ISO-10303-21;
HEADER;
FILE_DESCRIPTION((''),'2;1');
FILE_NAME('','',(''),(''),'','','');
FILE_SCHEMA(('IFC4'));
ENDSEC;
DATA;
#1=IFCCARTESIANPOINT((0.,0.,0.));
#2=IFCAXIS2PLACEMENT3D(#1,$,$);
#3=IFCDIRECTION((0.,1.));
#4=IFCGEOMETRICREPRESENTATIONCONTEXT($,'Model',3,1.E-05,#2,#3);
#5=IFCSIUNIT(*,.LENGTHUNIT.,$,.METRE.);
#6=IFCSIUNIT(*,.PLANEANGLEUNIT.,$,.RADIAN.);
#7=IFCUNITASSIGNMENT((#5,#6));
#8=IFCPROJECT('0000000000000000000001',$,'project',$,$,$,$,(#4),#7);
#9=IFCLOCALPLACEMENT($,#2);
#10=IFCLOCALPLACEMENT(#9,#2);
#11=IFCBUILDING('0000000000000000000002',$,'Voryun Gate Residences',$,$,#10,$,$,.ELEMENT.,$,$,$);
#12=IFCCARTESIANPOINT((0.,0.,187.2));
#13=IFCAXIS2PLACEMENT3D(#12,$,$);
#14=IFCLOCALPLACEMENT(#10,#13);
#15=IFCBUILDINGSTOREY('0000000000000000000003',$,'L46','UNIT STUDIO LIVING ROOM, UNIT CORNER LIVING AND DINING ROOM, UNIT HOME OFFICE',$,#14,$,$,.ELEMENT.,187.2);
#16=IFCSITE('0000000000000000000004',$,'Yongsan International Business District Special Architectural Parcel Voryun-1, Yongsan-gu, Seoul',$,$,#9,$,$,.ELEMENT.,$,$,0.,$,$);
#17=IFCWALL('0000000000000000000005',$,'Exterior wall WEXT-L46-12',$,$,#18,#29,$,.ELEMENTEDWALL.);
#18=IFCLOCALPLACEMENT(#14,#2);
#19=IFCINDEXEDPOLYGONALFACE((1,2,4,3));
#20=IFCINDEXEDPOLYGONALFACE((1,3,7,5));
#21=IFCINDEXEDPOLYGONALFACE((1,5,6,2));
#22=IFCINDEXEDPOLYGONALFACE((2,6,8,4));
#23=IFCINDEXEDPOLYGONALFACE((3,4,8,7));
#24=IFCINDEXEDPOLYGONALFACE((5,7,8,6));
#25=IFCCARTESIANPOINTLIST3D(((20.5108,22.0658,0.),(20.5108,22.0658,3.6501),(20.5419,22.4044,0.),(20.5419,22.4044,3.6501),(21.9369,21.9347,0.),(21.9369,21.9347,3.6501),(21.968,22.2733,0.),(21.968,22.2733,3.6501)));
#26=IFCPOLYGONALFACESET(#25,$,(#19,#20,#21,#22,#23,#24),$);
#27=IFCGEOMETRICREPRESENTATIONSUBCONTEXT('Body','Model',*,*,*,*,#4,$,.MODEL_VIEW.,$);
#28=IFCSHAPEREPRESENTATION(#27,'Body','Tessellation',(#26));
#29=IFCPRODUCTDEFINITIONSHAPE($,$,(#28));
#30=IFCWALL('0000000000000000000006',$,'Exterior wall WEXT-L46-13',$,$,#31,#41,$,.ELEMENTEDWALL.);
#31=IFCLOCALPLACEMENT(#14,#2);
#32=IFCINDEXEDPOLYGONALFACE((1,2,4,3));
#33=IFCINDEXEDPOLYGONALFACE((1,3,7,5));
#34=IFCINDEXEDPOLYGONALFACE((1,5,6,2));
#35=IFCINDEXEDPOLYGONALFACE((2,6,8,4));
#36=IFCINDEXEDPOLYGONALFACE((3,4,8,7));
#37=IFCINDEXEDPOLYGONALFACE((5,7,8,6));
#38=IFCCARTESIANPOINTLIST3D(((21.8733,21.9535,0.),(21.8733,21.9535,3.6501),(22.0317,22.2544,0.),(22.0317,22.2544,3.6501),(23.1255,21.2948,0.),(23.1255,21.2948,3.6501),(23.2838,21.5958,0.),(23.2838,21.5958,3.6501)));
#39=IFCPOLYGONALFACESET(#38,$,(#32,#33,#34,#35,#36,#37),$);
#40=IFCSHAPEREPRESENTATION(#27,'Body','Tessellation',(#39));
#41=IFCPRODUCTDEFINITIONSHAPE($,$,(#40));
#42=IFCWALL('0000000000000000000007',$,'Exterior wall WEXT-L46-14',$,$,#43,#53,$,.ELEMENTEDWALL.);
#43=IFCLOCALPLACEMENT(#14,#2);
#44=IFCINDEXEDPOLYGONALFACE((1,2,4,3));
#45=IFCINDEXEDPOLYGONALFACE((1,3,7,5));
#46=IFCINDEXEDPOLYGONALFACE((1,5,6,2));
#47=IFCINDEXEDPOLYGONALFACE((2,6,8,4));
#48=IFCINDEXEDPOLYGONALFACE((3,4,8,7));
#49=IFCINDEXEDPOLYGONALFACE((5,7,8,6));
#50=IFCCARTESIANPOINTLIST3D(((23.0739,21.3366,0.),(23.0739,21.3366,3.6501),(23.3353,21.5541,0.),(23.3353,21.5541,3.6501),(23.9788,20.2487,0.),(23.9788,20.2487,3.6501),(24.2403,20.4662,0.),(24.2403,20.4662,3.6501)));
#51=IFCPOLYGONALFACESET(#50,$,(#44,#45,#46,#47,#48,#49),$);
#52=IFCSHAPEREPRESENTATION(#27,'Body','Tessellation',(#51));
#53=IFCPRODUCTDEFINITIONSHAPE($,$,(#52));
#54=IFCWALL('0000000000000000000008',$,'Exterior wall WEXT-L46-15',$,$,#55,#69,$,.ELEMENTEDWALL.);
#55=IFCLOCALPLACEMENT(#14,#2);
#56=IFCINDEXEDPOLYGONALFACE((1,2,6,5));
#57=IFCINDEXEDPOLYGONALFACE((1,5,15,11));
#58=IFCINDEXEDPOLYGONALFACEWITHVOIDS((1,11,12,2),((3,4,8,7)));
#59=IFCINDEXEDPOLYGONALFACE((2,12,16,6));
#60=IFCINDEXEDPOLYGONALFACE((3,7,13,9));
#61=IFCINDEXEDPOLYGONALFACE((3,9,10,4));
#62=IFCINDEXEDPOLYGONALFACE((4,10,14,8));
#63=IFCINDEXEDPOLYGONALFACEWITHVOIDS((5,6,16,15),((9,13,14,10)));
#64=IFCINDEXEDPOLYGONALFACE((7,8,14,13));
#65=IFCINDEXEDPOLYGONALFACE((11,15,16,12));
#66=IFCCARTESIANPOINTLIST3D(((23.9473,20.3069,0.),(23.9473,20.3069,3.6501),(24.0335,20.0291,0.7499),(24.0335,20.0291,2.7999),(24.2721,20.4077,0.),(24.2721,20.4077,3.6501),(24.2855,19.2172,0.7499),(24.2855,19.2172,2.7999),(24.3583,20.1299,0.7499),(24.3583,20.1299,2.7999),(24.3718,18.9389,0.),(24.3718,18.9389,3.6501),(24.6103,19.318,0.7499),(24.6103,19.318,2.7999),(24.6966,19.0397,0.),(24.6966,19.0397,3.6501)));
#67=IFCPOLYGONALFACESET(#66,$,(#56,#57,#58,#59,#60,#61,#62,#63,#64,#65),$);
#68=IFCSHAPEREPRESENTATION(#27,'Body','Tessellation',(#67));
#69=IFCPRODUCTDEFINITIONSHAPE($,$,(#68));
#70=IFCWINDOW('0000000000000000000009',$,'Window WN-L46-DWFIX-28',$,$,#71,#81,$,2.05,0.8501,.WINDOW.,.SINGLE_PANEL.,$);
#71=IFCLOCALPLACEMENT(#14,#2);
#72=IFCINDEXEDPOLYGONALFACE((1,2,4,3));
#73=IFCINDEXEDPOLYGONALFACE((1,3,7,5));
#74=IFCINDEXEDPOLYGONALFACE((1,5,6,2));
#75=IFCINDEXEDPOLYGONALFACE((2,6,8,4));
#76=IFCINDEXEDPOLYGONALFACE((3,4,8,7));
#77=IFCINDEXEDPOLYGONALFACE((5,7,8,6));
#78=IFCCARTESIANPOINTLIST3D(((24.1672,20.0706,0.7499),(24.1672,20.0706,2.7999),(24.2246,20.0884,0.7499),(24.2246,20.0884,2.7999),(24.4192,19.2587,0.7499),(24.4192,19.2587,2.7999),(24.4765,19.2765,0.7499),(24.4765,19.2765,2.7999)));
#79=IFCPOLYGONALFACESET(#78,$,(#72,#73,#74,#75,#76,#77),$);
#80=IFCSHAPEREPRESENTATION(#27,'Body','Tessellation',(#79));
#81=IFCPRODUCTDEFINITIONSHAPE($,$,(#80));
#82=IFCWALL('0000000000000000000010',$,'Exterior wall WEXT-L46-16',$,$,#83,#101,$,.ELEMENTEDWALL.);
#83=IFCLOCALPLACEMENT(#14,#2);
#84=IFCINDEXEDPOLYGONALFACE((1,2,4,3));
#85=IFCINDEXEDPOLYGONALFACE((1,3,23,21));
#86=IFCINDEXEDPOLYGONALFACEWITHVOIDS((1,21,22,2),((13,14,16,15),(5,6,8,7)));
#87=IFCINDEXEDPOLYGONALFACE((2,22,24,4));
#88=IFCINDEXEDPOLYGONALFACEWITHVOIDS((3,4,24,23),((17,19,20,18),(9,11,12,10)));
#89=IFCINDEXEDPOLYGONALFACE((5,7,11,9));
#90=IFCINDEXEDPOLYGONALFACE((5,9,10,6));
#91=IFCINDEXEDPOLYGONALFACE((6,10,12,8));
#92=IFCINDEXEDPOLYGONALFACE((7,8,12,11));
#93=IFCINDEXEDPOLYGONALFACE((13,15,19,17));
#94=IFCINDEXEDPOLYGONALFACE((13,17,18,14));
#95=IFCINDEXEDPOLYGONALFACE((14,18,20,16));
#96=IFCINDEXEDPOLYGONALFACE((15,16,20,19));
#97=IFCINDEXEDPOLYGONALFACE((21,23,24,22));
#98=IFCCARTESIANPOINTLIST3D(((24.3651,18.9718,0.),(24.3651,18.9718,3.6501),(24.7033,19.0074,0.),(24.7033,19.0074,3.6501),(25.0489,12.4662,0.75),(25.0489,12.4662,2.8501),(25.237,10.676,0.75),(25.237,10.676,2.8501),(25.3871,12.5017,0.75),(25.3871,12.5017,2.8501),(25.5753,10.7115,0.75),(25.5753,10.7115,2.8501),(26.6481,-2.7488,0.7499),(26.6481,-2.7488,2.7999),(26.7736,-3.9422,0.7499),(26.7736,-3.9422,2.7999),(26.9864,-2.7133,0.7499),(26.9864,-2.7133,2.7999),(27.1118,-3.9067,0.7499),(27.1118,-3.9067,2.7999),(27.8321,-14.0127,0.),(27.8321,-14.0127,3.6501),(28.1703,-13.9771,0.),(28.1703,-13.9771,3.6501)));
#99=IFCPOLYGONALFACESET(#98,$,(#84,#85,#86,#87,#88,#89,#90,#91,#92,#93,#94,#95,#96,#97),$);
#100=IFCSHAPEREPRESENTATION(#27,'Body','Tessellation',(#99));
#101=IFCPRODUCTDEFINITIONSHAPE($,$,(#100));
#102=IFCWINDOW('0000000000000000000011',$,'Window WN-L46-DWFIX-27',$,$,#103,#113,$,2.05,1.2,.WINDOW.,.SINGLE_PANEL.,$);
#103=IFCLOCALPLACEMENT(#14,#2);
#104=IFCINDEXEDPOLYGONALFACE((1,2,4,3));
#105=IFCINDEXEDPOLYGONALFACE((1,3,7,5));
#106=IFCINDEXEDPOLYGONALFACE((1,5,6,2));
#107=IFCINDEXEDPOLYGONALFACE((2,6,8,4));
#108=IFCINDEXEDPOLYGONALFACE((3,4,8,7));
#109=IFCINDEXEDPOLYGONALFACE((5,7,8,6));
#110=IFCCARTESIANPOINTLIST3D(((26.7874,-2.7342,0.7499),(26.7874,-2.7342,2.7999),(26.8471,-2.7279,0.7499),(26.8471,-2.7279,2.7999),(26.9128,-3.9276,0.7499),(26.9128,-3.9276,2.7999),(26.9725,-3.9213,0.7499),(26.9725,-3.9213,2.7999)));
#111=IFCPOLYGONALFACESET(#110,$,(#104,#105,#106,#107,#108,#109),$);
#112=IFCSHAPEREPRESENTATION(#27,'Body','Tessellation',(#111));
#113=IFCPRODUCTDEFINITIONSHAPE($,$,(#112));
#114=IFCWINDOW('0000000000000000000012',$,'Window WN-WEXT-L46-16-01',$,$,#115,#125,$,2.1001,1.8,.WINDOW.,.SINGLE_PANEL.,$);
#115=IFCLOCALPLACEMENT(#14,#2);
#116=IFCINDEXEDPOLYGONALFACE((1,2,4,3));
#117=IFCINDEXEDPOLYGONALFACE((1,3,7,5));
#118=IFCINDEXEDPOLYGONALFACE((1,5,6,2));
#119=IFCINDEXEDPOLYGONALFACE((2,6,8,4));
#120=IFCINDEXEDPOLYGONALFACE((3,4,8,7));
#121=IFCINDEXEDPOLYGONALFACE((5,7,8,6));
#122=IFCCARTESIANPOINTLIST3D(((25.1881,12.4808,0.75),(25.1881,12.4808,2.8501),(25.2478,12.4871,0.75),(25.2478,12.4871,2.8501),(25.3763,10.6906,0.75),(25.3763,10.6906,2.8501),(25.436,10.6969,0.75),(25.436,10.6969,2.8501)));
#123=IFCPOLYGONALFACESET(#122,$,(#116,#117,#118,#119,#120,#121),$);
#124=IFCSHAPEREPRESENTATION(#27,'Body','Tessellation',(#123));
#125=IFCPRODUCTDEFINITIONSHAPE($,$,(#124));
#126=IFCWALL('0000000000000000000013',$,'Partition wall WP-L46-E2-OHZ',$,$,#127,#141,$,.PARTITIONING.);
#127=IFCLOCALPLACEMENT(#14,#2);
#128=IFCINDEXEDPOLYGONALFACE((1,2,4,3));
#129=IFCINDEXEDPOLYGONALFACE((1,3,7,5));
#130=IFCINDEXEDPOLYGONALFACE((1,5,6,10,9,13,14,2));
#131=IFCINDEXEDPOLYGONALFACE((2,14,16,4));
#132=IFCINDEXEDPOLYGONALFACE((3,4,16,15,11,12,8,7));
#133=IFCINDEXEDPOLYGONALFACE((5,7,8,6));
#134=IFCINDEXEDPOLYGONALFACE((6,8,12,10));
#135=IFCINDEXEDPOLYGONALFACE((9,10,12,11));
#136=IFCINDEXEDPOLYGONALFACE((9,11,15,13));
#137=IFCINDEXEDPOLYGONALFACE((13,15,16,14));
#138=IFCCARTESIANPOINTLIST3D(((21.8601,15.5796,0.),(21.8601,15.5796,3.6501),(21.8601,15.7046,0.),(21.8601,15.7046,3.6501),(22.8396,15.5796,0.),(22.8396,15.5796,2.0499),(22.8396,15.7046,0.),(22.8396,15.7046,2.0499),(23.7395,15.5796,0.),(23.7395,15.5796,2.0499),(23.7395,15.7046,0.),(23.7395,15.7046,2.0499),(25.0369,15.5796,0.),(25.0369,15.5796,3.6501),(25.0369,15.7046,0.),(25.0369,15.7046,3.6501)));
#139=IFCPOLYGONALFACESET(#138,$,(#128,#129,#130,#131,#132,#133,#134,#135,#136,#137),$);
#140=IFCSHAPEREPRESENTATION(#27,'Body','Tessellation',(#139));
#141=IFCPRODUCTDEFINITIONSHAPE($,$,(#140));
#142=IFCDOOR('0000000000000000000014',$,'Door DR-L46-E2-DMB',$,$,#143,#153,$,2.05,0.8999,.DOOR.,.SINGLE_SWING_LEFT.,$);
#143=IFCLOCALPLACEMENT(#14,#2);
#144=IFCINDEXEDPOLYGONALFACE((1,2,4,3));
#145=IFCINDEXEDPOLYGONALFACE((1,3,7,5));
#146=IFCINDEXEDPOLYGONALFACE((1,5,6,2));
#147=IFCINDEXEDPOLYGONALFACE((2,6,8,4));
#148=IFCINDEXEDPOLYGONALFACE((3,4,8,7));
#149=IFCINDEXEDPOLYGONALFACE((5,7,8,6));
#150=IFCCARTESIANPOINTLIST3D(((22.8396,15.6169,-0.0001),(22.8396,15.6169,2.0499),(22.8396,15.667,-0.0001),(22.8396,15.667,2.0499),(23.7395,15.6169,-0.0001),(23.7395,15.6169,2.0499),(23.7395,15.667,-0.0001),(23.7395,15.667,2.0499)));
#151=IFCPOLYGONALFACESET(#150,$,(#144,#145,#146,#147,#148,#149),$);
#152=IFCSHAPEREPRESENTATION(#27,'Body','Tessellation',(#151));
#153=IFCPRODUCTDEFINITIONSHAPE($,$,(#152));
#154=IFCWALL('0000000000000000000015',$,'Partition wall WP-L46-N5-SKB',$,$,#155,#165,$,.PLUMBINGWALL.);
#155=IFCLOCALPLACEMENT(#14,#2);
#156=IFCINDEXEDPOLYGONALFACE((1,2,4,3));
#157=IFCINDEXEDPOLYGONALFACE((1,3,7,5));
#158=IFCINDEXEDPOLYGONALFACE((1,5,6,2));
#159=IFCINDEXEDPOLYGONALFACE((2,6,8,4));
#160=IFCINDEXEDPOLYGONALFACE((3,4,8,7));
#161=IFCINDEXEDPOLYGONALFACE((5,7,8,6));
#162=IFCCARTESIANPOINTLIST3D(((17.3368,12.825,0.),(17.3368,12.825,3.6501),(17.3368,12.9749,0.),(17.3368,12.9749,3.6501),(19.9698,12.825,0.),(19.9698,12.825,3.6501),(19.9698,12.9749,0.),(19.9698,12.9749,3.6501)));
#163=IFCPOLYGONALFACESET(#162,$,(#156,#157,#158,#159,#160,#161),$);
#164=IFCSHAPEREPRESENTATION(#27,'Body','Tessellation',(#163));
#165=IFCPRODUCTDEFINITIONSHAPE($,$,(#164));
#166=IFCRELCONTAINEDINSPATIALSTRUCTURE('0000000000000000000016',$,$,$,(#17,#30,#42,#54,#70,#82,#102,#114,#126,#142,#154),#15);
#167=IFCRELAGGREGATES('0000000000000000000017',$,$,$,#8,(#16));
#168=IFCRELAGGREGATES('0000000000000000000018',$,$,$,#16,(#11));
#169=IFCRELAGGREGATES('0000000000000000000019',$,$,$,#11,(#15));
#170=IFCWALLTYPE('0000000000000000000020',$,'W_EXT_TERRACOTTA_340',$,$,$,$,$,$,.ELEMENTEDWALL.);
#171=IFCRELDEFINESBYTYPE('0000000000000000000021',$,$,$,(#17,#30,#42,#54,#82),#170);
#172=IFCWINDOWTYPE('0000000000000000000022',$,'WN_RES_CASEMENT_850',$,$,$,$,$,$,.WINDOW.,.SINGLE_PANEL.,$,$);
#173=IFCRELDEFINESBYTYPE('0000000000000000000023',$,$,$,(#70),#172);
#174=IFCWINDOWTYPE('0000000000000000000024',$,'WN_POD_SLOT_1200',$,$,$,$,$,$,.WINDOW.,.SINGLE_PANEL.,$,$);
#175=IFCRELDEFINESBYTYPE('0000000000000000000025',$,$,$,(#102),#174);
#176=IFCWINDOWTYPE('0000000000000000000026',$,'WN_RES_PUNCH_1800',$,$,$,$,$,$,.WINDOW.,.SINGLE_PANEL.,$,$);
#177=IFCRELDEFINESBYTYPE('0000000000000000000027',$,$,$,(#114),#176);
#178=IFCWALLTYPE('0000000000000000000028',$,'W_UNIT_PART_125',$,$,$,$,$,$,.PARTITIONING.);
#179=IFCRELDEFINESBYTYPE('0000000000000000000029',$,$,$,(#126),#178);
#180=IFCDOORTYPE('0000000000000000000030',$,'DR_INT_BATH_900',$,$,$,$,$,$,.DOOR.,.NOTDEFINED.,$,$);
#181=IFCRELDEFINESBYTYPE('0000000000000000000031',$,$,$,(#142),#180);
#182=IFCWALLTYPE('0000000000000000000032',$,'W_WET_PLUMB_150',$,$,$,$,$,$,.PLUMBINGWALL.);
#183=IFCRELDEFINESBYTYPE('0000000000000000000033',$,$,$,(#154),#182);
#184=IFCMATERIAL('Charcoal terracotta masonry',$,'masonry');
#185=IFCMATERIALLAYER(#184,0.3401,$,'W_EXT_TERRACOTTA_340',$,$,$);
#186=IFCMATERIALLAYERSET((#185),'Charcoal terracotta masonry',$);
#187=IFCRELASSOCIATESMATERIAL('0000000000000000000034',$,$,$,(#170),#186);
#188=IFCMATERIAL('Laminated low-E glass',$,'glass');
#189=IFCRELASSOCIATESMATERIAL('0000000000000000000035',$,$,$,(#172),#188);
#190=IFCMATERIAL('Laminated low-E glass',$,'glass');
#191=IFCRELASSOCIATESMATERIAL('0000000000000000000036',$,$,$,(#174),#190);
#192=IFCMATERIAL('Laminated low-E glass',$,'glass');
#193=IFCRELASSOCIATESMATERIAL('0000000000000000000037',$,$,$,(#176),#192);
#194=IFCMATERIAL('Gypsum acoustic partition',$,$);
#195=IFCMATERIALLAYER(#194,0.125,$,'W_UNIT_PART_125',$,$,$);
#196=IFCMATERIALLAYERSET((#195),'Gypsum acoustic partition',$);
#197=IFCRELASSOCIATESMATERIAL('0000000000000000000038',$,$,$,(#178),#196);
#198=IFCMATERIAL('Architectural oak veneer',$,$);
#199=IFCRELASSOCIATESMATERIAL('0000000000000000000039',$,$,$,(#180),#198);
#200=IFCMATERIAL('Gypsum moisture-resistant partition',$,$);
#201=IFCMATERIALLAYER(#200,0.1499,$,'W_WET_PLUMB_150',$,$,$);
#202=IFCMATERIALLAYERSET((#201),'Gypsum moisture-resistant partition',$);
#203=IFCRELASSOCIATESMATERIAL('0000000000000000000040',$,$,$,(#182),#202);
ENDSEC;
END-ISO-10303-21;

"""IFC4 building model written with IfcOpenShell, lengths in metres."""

from ifc_helpers import new_model, si_unit, direction, frame, frame_2d, origin, place, context, subcontext, project, spatial, rectangle, extrude, material, layer, layer_set, type_object, element, fill, save


model = new_model("IFC4")

# Units and contexts
model_context = context("Model", 3, precision=1e-05, world=origin(), true_north=direction((0.0, 1.0)))
body_context = subcontext(model_context, "Body", "Model", "MODEL_VIEW")
ifc_project = project(units=[si_unit("LENGTHUNIT", "METRE"), si_unit("PLANEANGLEUNIT", "RADIAN")], contexts=[model_context])

# Site, building, storey
site_placement = place(None, origin())
site = spatial("IfcSite", under=ifc_project, at=site_placement, Name="Yongsan International Business District Special Architectural Parcel Voryun-1, Yongsan-gu, Seoul", CompositionType="ELEMENT", RefElevation=0.0)
building_placement = place(site_placement, origin())
building = spatial("IfcBuilding", under=site, at=building_placement, Name="Voryun Gate Residences", CompositionType="ELEMENT")
storey_placement = place(building_placement, frame((0.0, 0.0, 187.2)))
storey = spatial("IfcBuildingStorey", under=building, at=storey_placement, Name="L46", Description="UNIT STUDIO LIVING ROOM, UNIT CORNER LIVING AND DINING ROOM, UNIT HOME OFFICE", CompositionType="ELEMENT", Elevation=187.2)

# Walls
ifc_material_1 = material(Name="Charcoal terracotta masonry", Category="masonry")
ifc_layer_1 = layer(ifc_material_1, 0.3401, Name="W_EXT_TERRACOTTA_340")
ifc_layer_set_1 = layer_set([ifc_layer_1], Name="Charcoal terracotta masonry")
wall_type_1 = type_object("IfcWallType", Name="W_EXT_TERRACOTTA_340", PredefinedType="ELEMENTEDWALL", material=ifc_layer_set_1)
wall_1_placement = place(storey_placement, frame((20.5264, 22.2351, 0.0), z_axis=(0.0, 0.0, 1.0), x_axis=(0.9958, -0.09155, 0.0)))
element("IfcWall", 1, at=wall_1_placement, inside=storey, type_object=wall_type_1, Name="Exterior wall WEXT-L46-12", PredefinedType="ELEMENTEDWALL", context=body_context, shape_type="SweptSolid", body=[
    extrude(rectangle(XDim=1.4321, YDim=0.3401, at=frame_2d((0.7161, 0.0))), origin(), (0.0, 0.0, 1.0), 3.6501),
])
wall_2_placement = place(storey_placement, frame((21.9524, 22.104, 0.0), z_axis=(0.0, 0.0, 1.0), x_axis=(0.885023, -0.465547, 0.0)))
element("IfcWall", 2, at=wall_2_placement, inside=storey, type_object=wall_type_1, Name="Exterior wall WEXT-L46-13", PredefinedType="ELEMENTEDWALL", context=body_context, shape_type="SweptSolid", body=[
    extrude(rectangle(XDim=1.4148, YDim=0.3401, at=frame_2d((0.7075, 0.0))), origin(), (0.0, 0.0, 1.0), 3.6501),
])
wall_3_placement = place(storey_placement, frame((23.2046, 21.4453, 0.0), z_axis=(0.0, 0.0, 1.0), x_axis=(0.639539, -0.768758, 0.0)))
element("IfcWall", 3, at=wall_3_placement, inside=storey, type_object=wall_type_1, Name="Exterior wall WEXT-L46-14", PredefinedType="ELEMENTEDWALL", context=body_context, shape_type="SweptSolid", body=[
    extrude(rectangle(XDim=1.415, YDim=0.3401, at=frame_2d((0.7075, 0.0))), origin(), (0.0, 0.0, 1.0), 3.6501),
])

# Wall, opening, window
wall_4_placement = place(storey_placement, frame((24.1096, 20.3574, 0.0), z_axis=(0.0, 0.0, 1.0), x_axis=(0.296421, -0.955057, 0.0)))
wall_4 = element("IfcWall", 4, at=wall_4_placement, inside=storey, type_object=wall_type_1, Name="Exterior wall WEXT-L46-15", PredefinedType="ELEMENTEDWALL", context=body_context, shape_type="SweptSolid", body=[
    extrude(rectangle(XDim=1.4324, YDim=0.3401, at=frame_2d((0.7163, 0.0))), origin(), (0.0, 0.0, 1.0), 3.6501),
])
opening_1_placement = place(wall_4_placement, frame((0.291, 0.0, 0.75)))
opening_1 = element("IfcOpeningElement", 5, at=opening_1_placement, cuts=wall_4, PredefinedType="OPENING", context=body_context, shape_type="SweptSolid", body=[
    extrude(rectangle(XDim=0.8501, YDim=2.05, at=frame_2d((0.425, 1.0249))), frame((0.0, 0.1799, 0.0), z_axis=(0.0, -1.0, 0.0), x_axis=(1.0, 0.0, 0.0)), (0.0, 0.0, 1.0), 0.3601),
])
ifc_material_2 = material(Name="Laminated low-E glass", Category="glass")
window_type_1 = type_object("IfcWindowType", Name="WN_RES_CASEMENT_850", PartitioningType="SINGLE_PANEL", PredefinedType="WINDOW", material=ifc_material_2)
window_1_placement = place(opening_1_placement, origin())
window_1 = element("IfcWindow", 6, at=window_1_placement, inside=storey, type_object=window_type_1, Name="Window WN-L46-DWFIX-28", OverallHeight=2.05, OverallWidth=0.8501, PartitioningType="SINGLE_PANEL", PredefinedType="WINDOW", context=body_context, shape_type="SweptSolid", body=[
    extrude(rectangle(XDim=0.8501, YDim=2.05, at=frame_2d((0.425, 1.0249))), frame((0.0, 0.03, 0.0), z_axis=(0.0, -1.0, 0.0), x_axis=(1.0, 0.0, 0.0)), (0.0, 0.0, 1.0), 0.0601),
])
fill(opening_1, window_1)

# Wall, openings, windows
wall_5_placement = place(storey_placement, frame((24.5342, 18.9895, 0.0), z_axis=(0.0, 0.0, 1.0), x_axis=(0.104535, -0.994521, 0.0)))
wall_5 = element("IfcWall", 7, at=wall_5_placement, inside=storey, type_object=wall_type_1, Name="Exterior wall WEXT-L46-16", PredefinedType="ELEMENTEDWALL", context=body_context, shape_type="SweptSolid", body=[
    extrude(rectangle(XDim=33.1663, YDim=0.3401, at=frame_2d((16.583, 0.0))), origin(), (0.0, 0.0, 1.0), 3.6501),
])
opening_2_placement = place(wall_5_placement, frame((6.5415, 0.0, 0.75)))
opening_2 = element("IfcOpeningElement", 8, at=opening_2_placement, cuts=wall_5, PredefinedType="OPENING", context=body_context, shape_type="SweptSolid", body=[
    extrude(rectangle(XDim=1.8, YDim=2.1001, at=frame_2d((0.8999, 1.05))), frame((0.0, 0.1799, 0.0), z_axis=(0.0, -1.0, 0.0), x_axis=(1.0, 0.0, 0.0)), (0.0, 0.0, 1.0), 0.3601),
])
opening_3_placement = place(wall_5_placement, frame((21.8401, 0.0, 0.75)))
opening_3 = element("IfcOpeningElement", 9, at=opening_3_placement, cuts=wall_5, PredefinedType="OPENING", context=body_context, shape_type="SweptSolid", body=[
    extrude(rectangle(XDim=1.2, YDim=2.05, at=frame_2d((0.6001, 1.0249))), frame((0.0, 0.1799, 0.0), z_axis=(0.0, -1.0, 0.0), x_axis=(1.0, 0.0, 0.0)), (0.0, 0.0, 1.0), 0.3601),
])
ifc_material_3 = material(Name="Laminated low-E glass", Category="glass")
window_type_2 = type_object("IfcWindowType", Name="WN_POD_SLOT_1200", PartitioningType="SINGLE_PANEL", PredefinedType="WINDOW", material=ifc_material_3)
window_2_placement = place(opening_3_placement, origin())
window_2 = element("IfcWindow", 10, at=window_2_placement, inside=storey, type_object=window_type_2, Name="Window WN-L46-DWFIX-27", OverallHeight=2.05, OverallWidth=1.2, PartitioningType="SINGLE_PANEL", PredefinedType="WINDOW", context=body_context, shape_type="SweptSolid", body=[
    extrude(rectangle(XDim=1.2, YDim=2.05, at=frame_2d((0.6001, 1.0249))), frame((0.0, 0.03, 0.0), z_axis=(0.0, -1.0, 0.0), x_axis=(1.0, 0.0, 0.0)), (0.0, 0.0, 1.0), 0.0601),
])
fill(opening_3, window_2)
ifc_material_4 = material(Name="Laminated low-E glass", Category="glass")
window_type_3 = type_object("IfcWindowType", Name="WN_RES_PUNCH_1800", PartitioningType="SINGLE_PANEL", PredefinedType="WINDOW", material=ifc_material_4)
window_3_placement = place(opening_2_placement, origin())
window_3 = element("IfcWindow", 11, at=window_3_placement, inside=storey, type_object=window_type_3, Name="Window WN-WEXT-L46-16-01", OverallHeight=2.1001, OverallWidth=1.8, PartitioningType="SINGLE_PANEL", PredefinedType="WINDOW", context=body_context, shape_type="SweptSolid", body=[
    extrude(rectangle(XDim=1.8, YDim=2.1001, at=frame_2d((0.8999, 1.05))), frame((0.0, 0.03, 0.0), z_axis=(0.0, -1.0, 0.0), x_axis=(1.0, 0.0, 0.0)), (0.0, 0.0, 1.0), 0.0601),
])
fill(opening_2, window_3)

# Wall, opening, door
ifc_material_5 = material(Name="Gypsum acoustic partition")
ifc_layer_2 = layer(ifc_material_5, 0.125, Name="W_UNIT_PART_125")
ifc_layer_set_2 = layer_set([ifc_layer_2], Name="Gypsum acoustic partition")
wall_type_2 = type_object("IfcWallType", Name="W_UNIT_PART_125", PredefinedType="PARTITIONING", material=ifc_layer_set_2)
wall_6_placement = place(storey_placement, frame((21.8601, 15.6421, 0.0), z_axis=(0.0, 0.0, 1.0), x_axis=(1.0, 0.0, 0.0)))
wall_6 = element("IfcWall", 12, at=wall_6_placement, inside=storey, type_object=wall_type_2, Name="Partition wall WP-L46-E2-OHZ", PredefinedType="PARTITIONING", context=body_context, shape_type="SweptSolid", body=[
    extrude(rectangle(XDim=3.1768, YDim=0.125, at=frame_2d((1.5884, 0.0))), origin(), (0.0, 0.0, 1.0), 3.6501),
])
opening_4_placement = place(wall_6_placement, frame((0.9795, 0.0, 0.0)))
opening_4 = element("IfcOpeningElement", 13, at=opening_4_placement, cuts=wall_6, PredefinedType="OPENING", context=body_context, shape_type="SweptSolid", body=[
    extrude(rectangle(XDim=0.8999, YDim=2.05, at=frame_2d((0.45, 1.0249))), frame((0.0, 0.0725, 0.0), z_axis=(0.0, -1.0, 0.0), x_axis=(1.0, 0.0, 0.0)), (0.0, 0.0, 1.0), 0.145),
])
ifc_material_6 = material(Name="Architectural oak veneer")
door_type = type_object("IfcDoorType", Name="DR_INT_BATH_900", OperationType="NOTDEFINED", PredefinedType="DOOR", material=ifc_material_6)
door_1_placement = place(opening_4_placement, origin())
door_1 = element("IfcDoor", 14, at=door_1_placement, inside=storey, type_object=door_type, Name="Door DR-L46-E2-DMB", OperationType="SINGLE_SWING_LEFT", OverallHeight=2.05, OverallWidth=0.8999, PredefinedType="DOOR", context=body_context, shape_type="SweptSolid", body=[
    extrude(rectangle(XDim=0.8999, YDim=2.05, at=frame_2d((0.45, 1.0249))), frame((0.0, 0.0249, 0.0), z_axis=(0.0, -1.0, 0.0), x_axis=(1.0, 0.0, 0.0)), (0.0, 0.0, 1.0), 0.05),
])
fill(opening_4, door_1)

# Wall
ifc_material_7 = material(Name="Gypsum moisture-resistant partition")
ifc_layer_3 = layer(ifc_material_7, 0.1499, Name="W_WET_PLUMB_150")
ifc_layer_set_3 = layer_set([ifc_layer_3], Name="Gypsum moisture-resistant partition")
wall_type_3 = type_object("IfcWallType", Name="W_WET_PLUMB_150", PredefinedType="PLUMBINGWALL", material=ifc_layer_set_3)
wall_7_placement = place(storey_placement, frame((17.3369, 12.8999, 0.0), z_axis=(0.0, 0.0, 1.0), x_axis=(1.0, 0.0, 0.0)))
element("IfcWall", 15, at=wall_7_placement, inside=storey, type_object=wall_type_3, Name="Partition wall WP-L46-N5-SKB", PredefinedType="PLUMBINGWALL", context=body_context, shape_type="SweptSolid", body=[
    extrude(rectangle(XDim=2.6331, YDim=0.1499, at=frame_2d((1.3164, 0.0))), origin(), (0.0, 0.0, 1.0), 3.6501),
])

save(model, "model.ifc")
